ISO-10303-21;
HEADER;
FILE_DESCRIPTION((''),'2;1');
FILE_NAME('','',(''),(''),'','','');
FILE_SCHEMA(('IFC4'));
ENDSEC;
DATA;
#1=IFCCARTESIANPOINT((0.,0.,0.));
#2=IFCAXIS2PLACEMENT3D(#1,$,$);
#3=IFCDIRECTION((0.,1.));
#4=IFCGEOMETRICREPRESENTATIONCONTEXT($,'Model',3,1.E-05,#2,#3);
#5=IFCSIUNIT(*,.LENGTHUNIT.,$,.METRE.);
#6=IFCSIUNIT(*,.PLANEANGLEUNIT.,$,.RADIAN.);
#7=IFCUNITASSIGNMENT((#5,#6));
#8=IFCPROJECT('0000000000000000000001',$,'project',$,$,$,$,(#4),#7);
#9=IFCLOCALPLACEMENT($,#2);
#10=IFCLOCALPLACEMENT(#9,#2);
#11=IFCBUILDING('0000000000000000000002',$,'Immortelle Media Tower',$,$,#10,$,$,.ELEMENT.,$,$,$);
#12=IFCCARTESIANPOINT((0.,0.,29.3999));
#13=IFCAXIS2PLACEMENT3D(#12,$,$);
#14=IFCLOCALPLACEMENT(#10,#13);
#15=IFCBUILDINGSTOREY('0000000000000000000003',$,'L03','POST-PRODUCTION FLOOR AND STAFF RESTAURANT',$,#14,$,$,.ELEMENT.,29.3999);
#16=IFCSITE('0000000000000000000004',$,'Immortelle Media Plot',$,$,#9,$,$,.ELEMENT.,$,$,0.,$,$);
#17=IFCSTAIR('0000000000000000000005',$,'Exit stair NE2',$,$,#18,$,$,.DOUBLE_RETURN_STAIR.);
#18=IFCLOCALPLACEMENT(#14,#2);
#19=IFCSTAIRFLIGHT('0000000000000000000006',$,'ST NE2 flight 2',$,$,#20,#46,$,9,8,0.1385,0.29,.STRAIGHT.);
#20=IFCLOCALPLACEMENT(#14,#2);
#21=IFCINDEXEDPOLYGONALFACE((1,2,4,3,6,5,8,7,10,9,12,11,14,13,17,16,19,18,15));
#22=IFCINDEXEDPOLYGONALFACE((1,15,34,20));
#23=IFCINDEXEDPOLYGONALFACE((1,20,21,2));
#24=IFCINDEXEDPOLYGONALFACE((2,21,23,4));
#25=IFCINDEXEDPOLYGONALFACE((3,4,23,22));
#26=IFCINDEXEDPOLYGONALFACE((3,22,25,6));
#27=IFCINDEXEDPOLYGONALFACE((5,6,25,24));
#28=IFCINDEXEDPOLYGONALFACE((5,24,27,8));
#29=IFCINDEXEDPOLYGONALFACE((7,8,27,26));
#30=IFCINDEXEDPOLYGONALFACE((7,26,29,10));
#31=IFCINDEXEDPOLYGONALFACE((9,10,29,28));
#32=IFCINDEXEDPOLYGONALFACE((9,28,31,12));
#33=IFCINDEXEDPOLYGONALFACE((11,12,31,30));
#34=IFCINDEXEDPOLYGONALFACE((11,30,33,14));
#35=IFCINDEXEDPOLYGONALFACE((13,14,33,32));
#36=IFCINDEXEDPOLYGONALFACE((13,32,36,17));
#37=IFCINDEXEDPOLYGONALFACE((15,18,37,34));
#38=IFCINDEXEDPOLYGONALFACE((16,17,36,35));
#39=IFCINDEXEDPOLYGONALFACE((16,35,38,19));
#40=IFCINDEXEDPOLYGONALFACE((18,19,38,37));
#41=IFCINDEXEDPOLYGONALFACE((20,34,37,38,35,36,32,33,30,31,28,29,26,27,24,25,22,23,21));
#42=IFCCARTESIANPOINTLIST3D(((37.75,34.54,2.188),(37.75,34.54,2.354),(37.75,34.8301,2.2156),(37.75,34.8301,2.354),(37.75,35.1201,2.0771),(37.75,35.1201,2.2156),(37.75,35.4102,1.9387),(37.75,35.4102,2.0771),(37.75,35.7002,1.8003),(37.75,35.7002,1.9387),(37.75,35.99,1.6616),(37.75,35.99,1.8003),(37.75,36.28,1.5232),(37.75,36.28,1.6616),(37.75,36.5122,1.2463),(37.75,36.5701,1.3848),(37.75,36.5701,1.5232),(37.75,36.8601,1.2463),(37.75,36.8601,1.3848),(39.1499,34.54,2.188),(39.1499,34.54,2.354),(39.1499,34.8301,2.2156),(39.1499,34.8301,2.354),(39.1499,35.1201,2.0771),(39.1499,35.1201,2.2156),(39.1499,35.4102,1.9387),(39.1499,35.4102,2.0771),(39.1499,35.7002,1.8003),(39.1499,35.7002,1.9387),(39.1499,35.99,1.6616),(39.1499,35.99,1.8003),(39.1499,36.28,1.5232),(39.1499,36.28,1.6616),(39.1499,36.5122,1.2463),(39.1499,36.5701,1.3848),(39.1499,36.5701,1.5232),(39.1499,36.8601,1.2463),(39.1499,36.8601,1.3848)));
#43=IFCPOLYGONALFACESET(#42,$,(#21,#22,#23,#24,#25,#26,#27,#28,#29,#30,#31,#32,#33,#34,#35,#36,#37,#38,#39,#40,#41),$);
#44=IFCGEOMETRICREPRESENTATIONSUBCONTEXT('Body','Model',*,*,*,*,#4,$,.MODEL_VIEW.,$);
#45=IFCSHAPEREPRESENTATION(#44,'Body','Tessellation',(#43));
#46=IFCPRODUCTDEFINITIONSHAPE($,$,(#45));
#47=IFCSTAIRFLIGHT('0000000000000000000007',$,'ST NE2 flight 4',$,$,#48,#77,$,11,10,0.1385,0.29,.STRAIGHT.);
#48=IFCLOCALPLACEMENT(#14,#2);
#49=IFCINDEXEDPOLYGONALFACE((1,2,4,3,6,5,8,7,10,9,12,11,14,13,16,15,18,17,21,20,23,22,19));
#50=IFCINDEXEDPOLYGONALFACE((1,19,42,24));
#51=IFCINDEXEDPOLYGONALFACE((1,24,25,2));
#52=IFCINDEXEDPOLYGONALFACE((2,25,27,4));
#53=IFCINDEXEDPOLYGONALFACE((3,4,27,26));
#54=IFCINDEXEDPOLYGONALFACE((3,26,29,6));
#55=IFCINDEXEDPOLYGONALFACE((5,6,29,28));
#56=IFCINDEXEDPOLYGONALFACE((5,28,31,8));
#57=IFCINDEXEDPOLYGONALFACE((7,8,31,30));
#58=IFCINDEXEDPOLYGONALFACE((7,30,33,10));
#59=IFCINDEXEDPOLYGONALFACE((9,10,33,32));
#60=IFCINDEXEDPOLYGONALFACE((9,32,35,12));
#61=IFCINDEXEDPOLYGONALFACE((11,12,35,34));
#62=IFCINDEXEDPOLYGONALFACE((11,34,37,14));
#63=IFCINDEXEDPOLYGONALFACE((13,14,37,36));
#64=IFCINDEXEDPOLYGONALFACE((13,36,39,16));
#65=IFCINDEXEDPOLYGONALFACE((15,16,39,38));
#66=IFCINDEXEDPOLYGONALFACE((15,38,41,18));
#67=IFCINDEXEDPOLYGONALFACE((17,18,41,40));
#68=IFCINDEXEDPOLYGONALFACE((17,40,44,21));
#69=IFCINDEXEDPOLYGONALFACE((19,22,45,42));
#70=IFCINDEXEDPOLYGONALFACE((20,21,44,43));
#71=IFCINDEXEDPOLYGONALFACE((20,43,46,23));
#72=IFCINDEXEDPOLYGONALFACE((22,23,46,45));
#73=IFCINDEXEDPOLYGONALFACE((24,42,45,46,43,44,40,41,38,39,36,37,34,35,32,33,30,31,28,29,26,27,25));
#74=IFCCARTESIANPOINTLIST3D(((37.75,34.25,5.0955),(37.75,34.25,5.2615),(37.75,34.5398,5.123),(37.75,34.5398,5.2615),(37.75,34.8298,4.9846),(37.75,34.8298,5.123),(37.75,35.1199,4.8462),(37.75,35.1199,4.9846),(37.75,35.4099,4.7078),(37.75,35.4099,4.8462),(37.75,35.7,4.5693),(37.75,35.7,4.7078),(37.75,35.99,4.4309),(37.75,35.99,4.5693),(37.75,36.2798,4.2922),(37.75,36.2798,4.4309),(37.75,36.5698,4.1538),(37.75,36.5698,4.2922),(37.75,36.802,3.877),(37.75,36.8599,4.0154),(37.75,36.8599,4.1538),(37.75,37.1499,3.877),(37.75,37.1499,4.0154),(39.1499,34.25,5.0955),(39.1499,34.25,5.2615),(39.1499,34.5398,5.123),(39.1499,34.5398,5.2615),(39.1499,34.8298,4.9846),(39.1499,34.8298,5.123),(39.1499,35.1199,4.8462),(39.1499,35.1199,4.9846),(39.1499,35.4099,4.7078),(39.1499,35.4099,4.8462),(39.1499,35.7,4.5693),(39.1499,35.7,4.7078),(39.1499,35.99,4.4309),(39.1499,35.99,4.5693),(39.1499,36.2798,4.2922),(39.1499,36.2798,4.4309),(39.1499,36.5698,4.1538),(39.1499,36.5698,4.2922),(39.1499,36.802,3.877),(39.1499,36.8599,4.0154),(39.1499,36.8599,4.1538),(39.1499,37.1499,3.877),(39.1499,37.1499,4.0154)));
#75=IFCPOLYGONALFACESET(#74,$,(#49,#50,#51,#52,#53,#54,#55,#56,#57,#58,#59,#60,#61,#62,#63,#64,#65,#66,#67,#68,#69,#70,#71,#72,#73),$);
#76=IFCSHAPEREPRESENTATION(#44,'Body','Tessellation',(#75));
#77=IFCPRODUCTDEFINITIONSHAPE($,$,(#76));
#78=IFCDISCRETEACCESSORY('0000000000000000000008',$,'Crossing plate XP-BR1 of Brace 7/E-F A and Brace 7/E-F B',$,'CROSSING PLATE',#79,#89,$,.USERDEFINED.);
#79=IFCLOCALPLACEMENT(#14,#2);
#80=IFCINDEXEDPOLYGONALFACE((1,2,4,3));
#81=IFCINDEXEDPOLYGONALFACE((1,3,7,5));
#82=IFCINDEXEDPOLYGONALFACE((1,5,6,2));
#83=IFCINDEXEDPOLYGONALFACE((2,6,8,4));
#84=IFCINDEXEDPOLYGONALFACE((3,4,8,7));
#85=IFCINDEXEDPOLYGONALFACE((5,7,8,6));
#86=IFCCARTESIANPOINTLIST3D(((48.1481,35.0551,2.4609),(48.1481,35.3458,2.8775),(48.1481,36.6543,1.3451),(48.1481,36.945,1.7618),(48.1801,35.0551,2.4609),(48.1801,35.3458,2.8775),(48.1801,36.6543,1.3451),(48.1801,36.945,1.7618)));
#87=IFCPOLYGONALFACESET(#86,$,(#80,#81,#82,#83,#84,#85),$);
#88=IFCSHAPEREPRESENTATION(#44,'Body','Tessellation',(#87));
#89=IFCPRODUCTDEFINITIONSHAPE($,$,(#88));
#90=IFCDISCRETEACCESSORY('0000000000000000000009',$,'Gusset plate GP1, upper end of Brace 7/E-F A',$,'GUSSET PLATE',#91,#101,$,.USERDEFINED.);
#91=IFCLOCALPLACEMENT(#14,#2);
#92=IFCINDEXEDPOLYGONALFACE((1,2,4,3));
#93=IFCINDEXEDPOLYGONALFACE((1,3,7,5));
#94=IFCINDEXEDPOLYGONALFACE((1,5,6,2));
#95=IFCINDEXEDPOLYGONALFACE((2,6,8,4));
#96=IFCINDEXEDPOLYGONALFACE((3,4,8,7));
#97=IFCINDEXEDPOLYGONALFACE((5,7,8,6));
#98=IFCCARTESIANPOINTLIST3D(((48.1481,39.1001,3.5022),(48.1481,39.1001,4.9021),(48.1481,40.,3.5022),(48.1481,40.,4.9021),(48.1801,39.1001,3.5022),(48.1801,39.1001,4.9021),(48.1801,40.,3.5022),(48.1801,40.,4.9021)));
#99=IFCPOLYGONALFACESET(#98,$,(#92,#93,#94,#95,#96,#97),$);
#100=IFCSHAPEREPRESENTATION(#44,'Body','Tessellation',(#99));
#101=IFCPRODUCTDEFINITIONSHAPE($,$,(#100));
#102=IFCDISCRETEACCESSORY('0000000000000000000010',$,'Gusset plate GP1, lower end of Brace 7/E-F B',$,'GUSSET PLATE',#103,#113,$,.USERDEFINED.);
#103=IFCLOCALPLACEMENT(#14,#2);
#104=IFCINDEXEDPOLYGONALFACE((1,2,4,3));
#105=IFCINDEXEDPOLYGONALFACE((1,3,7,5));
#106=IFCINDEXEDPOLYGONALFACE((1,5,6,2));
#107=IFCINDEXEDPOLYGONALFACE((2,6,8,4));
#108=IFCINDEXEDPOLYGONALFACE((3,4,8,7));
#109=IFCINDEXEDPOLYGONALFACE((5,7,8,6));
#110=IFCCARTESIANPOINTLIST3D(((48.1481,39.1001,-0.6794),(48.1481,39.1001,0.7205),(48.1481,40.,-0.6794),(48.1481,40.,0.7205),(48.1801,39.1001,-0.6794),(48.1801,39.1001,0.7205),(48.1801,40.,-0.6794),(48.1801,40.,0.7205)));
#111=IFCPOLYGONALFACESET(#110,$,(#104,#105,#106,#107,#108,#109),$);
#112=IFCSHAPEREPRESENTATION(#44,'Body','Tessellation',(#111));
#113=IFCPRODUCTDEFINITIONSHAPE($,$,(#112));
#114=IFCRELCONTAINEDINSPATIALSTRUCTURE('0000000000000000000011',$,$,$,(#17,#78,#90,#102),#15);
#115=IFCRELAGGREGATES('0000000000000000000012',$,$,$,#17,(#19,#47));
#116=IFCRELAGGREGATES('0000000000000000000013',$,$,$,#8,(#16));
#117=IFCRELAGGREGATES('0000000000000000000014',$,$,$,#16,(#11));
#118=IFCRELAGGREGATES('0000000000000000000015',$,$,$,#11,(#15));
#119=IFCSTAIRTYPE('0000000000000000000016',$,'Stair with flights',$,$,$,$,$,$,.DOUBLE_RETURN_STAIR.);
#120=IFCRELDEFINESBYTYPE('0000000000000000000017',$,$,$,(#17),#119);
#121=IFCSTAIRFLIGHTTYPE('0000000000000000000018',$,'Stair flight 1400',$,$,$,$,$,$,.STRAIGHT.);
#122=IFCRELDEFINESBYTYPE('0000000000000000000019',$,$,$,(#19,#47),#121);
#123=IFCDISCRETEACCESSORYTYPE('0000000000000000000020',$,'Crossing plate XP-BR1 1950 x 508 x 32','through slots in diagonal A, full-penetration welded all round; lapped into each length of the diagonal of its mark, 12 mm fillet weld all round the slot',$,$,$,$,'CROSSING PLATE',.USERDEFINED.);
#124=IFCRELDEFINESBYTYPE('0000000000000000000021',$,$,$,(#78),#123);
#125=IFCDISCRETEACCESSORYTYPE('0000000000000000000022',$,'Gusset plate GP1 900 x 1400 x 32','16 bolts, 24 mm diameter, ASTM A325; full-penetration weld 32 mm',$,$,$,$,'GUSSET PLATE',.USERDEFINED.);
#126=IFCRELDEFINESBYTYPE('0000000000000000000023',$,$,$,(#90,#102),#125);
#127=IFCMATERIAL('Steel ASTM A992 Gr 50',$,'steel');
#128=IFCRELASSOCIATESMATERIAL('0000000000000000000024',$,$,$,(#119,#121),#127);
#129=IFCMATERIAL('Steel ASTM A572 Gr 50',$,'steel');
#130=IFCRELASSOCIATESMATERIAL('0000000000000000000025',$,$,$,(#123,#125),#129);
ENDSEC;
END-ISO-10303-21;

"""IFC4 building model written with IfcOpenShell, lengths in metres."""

from ifc_helpers import new_model, si_unit, direction, frame, origin, origin_2d, place, context, subcontext, project, spatial, polyline, rectangle, outline, extrude, material, material_profile, profile_set, type_object, element, aggregate, save


model = new_model("IFC4")

# Units and contexts
model_context = context("Model", 3, precision=1e-05, world=origin(), true_north=direction((0.0, 1.0)))
body_context = subcontext(model_context, "Body", "Model", "MODEL_VIEW")
ifc_project = project(units=[si_unit("LENGTHUNIT", "METRE"), si_unit("PLANEANGLEUNIT", "RADIAN")], contexts=[model_context])

# Site, building, storey
site_placement = place(None, origin())
site = spatial("IfcSite", under=ifc_project, at=site_placement, Name="Immortelle Media Plot", CompositionType="ELEMENT", RefElevation=0.0)
building_placement = place(site_placement, origin())
building = spatial("IfcBuilding", under=site, at=building_placement, Name="Immortelle Media Tower", CompositionType="ELEMENT")
storey_placement = place(building_placement, frame((0.0, 0.0, 29.3999)))
storey = spatial("IfcBuildingStorey", under=building, at=storey_placement, Name="L03", Description="POST-PRODUCTION FLOOR AND STAFF RESTAURANT", CompositionType="ELEMENT", Elevation=29.3999)

# Shared definitions
ifc_material_1 = material(Name="Steel ASTM A992 Gr 50", Category="steel")

# Stair, stair flights
stair_type = type_object("IfcStairType", Name="Stair with flights", PredefinedType="DOUBLE_RETURN_STAIR", material=ifc_material_1)
stair_flight_type = type_object("IfcStairFlightType", Name="Stair flight 1400", PredefinedType="STRAIGHT", material=ifc_material_1)
stair_1_placement = place(storey_placement, origin())
stair_1 = element("IfcStair", 1, at=stair_1_placement, inside=storey, type_object=stair_type, Name="Exit stair NE2", PredefinedType="DOUBLE_RETURN_STAIR")
stair_flight_1_placement = place(storey_placement, frame((38.45, 36.8601, 1.2463), z_axis=(0.0, 0.0, 1.0), x_axis=(0.0, -1.0, 0.0)))
stair_flight_1 = element("IfcStairFlight", 2, at=stair_flight_1_placement, type_object=stair_flight_type, Name="ST NE2 flight 2", NumberOfRisers=9, NumberOfTreads=8, PredefinedType="STRAIGHT", RiserHeight=0.1385, TreadLength=0.29, context=body_context, shape_type="SweptSolid", body=[
    extrude(outline(polyline([(0.0, 0.0), (0.0, 0.1384), (0.29, 0.1384), (0.29, 0.2769), (0.5801, 0.2769), (0.5801, 0.4153), (0.8701, 0.4153), (0.8701, 0.554), (1.1599, 0.554), (1.1599, 0.6924), (1.45, 0.6924), (1.45, 0.8308), (1.74, 0.8308), (1.74, 0.9692), (2.03, 0.9692), (2.03, 1.1077), (2.3201, 1.1077), (2.3201, 1.2461), (2.3201, 0.9417), (0.3479, 0.0), (0.0, 0.0)])), frame((0.0, 0.7, 0.0), z_axis=(0.0, -1.0, 0.0), x_axis=(1.0, 0.0, 0.0)), (0.0, 0.0, 1.0), 1.3999),
])
stair_flight_2_placement = place(storey_placement, frame((38.45, 37.1499, 3.877), z_axis=(0.0, 0.0, 1.0), x_axis=(0.0, -1.0, 0.0)))
stair_flight_2 = element("IfcStairFlight", 3, at=stair_flight_2_placement, type_object=stair_flight_type, Name="ST NE2 flight 4", NumberOfRisers=11, NumberOfTreads=10, PredefinedType="STRAIGHT", RiserHeight=0.1385, TreadLength=0.29, context=body_context, shape_type="SweptSolid", body=[
    extrude(outline(polyline([(0.0, 0.0), (0.0, 0.1384), (0.29, 0.1384), (0.29, 0.2769), (0.5801, 0.2769), (0.5801, 0.4153), (0.8701, 0.4153), (0.8701, 0.554), (1.1599, 0.554), (1.1599, 0.6924), (1.45, 0.6924), (1.45, 0.8308), (1.74, 0.8308), (1.74, 0.9692), (2.03, 0.9692), (2.03, 1.1077), (2.3201, 1.1077), (2.3201, 1.2461), (2.6101, 1.2461), (2.6101, 1.3845), (2.8999, 1.3845), (2.8999, 1.5232), (2.8999, 1.2185), (0.3479, 0.0), (0.0, 0.0)])), frame((0.0, 0.7, 0.0), z_axis=(0.0, -1.0, 0.0), x_axis=(1.0, 0.0, 0.0)), (0.0, 0.0, 1.0), 1.3999),
])
aggregate(stair_1, [stair_flight_1, stair_flight_2])

# Discrete accessories
ifc_material_2 = material(Name="Steel ASTM A572 Gr 50", Category="steel")
ifc_material_profile_1 = material_profile(ifc_material_2, rectangle(XDim=0.032, YDim=0.5081, at=origin_2d()), Name="PL 32 x 508")
ifc_profile_set_1 = profile_set([ifc_material_profile_1], Name="Steel ASTM A572 Gr 50")
discrete_accessory_type_1 = type_object("IfcDiscreteAccessoryType", Name="Crossing plate XP-BR1 1950 x 508 x 32", Description="through slots in diagonal A, full-penetration welded all round; lapped into each length of the diagonal of its mark, 12 mm fillet weld all round the slot", ElementType="CROSSING PLATE", PredefinedType="USERDEFINED", material=ifc_profile_set_1)
discrete_accessory_placement = place(storey_placement, frame((48.1641, 35.2004, 2.6692), z_axis=(0.0, 0.820113, -0.572201), x_axis=(-1.0, 0.0, 0.0)))
element("IfcDiscreteAccessory", 4, at=discrete_accessory_placement, inside=storey, type_object=discrete_accessory_type_1, Name="Crossing plate XP-BR1 of Brace 7/E-F A and Brace 7/E-F B", ObjectType="CROSSING PLATE", PredefinedType="USERDEFINED", context=body_context, shape_type="SweptSolid", body=[
    extrude(rectangle(XDim=0.032, YDim=0.5081, at=origin_2d()), origin(), (0.0, 0.0, 1.0), 1.95),
])
ifc_material_profile_2 = material_profile(ifc_material_2, rectangle(XDim=0.032, YDim=1.3999, at=origin_2d()), Name="PL 32 x 1400")
ifc_profile_set_2 = profile_set([ifc_material_profile_2], Name="Steel ASTM A572 Gr 50")
discrete_accessory_type_2 = type_object("IfcDiscreteAccessoryType", Name="Gusset plate GP1 900 x 1400 x 32", Description="16 bolts, 24 mm diameter, ASTM A325; full-penetration weld 32 mm", ElementType="GUSSET PLATE", PredefinedType="USERDEFINED", material=ifc_profile_set_2)
for number, where, z_axis, x_axis, name in (
    (5, (48.1641, 40.0, 4.2021), (0.0, -1.0, 0.0), (1.0, 0.0, 0.0), "Gusset plate GP1, upper end of Brace 7/E-F A"),
    (6, (48.1641, 40.0, 0.0205), (0.0, -1.0, 0.0), (1.0, 0.0, 0.0), "Gusset plate GP1, lower end of Brace 7/E-F B"),
):
    element("IfcDiscreteAccessory", number, at=place(storey_placement, frame(where, z_axis=z_axis, x_axis=x_axis)), inside=storey, type_object=discrete_accessory_type_2, Name=name, ObjectType="GUSSET PLATE", PredefinedType="USERDEFINED", context=body_context, shape_type="SweptSolid", body=[
        extrude(rectangle(XDim=0.032, YDim=1.3999, at=origin_2d()), origin(), (0.0, 0.0, 1.0), 0.8999),
    ])

save(model, "model.ifc")
